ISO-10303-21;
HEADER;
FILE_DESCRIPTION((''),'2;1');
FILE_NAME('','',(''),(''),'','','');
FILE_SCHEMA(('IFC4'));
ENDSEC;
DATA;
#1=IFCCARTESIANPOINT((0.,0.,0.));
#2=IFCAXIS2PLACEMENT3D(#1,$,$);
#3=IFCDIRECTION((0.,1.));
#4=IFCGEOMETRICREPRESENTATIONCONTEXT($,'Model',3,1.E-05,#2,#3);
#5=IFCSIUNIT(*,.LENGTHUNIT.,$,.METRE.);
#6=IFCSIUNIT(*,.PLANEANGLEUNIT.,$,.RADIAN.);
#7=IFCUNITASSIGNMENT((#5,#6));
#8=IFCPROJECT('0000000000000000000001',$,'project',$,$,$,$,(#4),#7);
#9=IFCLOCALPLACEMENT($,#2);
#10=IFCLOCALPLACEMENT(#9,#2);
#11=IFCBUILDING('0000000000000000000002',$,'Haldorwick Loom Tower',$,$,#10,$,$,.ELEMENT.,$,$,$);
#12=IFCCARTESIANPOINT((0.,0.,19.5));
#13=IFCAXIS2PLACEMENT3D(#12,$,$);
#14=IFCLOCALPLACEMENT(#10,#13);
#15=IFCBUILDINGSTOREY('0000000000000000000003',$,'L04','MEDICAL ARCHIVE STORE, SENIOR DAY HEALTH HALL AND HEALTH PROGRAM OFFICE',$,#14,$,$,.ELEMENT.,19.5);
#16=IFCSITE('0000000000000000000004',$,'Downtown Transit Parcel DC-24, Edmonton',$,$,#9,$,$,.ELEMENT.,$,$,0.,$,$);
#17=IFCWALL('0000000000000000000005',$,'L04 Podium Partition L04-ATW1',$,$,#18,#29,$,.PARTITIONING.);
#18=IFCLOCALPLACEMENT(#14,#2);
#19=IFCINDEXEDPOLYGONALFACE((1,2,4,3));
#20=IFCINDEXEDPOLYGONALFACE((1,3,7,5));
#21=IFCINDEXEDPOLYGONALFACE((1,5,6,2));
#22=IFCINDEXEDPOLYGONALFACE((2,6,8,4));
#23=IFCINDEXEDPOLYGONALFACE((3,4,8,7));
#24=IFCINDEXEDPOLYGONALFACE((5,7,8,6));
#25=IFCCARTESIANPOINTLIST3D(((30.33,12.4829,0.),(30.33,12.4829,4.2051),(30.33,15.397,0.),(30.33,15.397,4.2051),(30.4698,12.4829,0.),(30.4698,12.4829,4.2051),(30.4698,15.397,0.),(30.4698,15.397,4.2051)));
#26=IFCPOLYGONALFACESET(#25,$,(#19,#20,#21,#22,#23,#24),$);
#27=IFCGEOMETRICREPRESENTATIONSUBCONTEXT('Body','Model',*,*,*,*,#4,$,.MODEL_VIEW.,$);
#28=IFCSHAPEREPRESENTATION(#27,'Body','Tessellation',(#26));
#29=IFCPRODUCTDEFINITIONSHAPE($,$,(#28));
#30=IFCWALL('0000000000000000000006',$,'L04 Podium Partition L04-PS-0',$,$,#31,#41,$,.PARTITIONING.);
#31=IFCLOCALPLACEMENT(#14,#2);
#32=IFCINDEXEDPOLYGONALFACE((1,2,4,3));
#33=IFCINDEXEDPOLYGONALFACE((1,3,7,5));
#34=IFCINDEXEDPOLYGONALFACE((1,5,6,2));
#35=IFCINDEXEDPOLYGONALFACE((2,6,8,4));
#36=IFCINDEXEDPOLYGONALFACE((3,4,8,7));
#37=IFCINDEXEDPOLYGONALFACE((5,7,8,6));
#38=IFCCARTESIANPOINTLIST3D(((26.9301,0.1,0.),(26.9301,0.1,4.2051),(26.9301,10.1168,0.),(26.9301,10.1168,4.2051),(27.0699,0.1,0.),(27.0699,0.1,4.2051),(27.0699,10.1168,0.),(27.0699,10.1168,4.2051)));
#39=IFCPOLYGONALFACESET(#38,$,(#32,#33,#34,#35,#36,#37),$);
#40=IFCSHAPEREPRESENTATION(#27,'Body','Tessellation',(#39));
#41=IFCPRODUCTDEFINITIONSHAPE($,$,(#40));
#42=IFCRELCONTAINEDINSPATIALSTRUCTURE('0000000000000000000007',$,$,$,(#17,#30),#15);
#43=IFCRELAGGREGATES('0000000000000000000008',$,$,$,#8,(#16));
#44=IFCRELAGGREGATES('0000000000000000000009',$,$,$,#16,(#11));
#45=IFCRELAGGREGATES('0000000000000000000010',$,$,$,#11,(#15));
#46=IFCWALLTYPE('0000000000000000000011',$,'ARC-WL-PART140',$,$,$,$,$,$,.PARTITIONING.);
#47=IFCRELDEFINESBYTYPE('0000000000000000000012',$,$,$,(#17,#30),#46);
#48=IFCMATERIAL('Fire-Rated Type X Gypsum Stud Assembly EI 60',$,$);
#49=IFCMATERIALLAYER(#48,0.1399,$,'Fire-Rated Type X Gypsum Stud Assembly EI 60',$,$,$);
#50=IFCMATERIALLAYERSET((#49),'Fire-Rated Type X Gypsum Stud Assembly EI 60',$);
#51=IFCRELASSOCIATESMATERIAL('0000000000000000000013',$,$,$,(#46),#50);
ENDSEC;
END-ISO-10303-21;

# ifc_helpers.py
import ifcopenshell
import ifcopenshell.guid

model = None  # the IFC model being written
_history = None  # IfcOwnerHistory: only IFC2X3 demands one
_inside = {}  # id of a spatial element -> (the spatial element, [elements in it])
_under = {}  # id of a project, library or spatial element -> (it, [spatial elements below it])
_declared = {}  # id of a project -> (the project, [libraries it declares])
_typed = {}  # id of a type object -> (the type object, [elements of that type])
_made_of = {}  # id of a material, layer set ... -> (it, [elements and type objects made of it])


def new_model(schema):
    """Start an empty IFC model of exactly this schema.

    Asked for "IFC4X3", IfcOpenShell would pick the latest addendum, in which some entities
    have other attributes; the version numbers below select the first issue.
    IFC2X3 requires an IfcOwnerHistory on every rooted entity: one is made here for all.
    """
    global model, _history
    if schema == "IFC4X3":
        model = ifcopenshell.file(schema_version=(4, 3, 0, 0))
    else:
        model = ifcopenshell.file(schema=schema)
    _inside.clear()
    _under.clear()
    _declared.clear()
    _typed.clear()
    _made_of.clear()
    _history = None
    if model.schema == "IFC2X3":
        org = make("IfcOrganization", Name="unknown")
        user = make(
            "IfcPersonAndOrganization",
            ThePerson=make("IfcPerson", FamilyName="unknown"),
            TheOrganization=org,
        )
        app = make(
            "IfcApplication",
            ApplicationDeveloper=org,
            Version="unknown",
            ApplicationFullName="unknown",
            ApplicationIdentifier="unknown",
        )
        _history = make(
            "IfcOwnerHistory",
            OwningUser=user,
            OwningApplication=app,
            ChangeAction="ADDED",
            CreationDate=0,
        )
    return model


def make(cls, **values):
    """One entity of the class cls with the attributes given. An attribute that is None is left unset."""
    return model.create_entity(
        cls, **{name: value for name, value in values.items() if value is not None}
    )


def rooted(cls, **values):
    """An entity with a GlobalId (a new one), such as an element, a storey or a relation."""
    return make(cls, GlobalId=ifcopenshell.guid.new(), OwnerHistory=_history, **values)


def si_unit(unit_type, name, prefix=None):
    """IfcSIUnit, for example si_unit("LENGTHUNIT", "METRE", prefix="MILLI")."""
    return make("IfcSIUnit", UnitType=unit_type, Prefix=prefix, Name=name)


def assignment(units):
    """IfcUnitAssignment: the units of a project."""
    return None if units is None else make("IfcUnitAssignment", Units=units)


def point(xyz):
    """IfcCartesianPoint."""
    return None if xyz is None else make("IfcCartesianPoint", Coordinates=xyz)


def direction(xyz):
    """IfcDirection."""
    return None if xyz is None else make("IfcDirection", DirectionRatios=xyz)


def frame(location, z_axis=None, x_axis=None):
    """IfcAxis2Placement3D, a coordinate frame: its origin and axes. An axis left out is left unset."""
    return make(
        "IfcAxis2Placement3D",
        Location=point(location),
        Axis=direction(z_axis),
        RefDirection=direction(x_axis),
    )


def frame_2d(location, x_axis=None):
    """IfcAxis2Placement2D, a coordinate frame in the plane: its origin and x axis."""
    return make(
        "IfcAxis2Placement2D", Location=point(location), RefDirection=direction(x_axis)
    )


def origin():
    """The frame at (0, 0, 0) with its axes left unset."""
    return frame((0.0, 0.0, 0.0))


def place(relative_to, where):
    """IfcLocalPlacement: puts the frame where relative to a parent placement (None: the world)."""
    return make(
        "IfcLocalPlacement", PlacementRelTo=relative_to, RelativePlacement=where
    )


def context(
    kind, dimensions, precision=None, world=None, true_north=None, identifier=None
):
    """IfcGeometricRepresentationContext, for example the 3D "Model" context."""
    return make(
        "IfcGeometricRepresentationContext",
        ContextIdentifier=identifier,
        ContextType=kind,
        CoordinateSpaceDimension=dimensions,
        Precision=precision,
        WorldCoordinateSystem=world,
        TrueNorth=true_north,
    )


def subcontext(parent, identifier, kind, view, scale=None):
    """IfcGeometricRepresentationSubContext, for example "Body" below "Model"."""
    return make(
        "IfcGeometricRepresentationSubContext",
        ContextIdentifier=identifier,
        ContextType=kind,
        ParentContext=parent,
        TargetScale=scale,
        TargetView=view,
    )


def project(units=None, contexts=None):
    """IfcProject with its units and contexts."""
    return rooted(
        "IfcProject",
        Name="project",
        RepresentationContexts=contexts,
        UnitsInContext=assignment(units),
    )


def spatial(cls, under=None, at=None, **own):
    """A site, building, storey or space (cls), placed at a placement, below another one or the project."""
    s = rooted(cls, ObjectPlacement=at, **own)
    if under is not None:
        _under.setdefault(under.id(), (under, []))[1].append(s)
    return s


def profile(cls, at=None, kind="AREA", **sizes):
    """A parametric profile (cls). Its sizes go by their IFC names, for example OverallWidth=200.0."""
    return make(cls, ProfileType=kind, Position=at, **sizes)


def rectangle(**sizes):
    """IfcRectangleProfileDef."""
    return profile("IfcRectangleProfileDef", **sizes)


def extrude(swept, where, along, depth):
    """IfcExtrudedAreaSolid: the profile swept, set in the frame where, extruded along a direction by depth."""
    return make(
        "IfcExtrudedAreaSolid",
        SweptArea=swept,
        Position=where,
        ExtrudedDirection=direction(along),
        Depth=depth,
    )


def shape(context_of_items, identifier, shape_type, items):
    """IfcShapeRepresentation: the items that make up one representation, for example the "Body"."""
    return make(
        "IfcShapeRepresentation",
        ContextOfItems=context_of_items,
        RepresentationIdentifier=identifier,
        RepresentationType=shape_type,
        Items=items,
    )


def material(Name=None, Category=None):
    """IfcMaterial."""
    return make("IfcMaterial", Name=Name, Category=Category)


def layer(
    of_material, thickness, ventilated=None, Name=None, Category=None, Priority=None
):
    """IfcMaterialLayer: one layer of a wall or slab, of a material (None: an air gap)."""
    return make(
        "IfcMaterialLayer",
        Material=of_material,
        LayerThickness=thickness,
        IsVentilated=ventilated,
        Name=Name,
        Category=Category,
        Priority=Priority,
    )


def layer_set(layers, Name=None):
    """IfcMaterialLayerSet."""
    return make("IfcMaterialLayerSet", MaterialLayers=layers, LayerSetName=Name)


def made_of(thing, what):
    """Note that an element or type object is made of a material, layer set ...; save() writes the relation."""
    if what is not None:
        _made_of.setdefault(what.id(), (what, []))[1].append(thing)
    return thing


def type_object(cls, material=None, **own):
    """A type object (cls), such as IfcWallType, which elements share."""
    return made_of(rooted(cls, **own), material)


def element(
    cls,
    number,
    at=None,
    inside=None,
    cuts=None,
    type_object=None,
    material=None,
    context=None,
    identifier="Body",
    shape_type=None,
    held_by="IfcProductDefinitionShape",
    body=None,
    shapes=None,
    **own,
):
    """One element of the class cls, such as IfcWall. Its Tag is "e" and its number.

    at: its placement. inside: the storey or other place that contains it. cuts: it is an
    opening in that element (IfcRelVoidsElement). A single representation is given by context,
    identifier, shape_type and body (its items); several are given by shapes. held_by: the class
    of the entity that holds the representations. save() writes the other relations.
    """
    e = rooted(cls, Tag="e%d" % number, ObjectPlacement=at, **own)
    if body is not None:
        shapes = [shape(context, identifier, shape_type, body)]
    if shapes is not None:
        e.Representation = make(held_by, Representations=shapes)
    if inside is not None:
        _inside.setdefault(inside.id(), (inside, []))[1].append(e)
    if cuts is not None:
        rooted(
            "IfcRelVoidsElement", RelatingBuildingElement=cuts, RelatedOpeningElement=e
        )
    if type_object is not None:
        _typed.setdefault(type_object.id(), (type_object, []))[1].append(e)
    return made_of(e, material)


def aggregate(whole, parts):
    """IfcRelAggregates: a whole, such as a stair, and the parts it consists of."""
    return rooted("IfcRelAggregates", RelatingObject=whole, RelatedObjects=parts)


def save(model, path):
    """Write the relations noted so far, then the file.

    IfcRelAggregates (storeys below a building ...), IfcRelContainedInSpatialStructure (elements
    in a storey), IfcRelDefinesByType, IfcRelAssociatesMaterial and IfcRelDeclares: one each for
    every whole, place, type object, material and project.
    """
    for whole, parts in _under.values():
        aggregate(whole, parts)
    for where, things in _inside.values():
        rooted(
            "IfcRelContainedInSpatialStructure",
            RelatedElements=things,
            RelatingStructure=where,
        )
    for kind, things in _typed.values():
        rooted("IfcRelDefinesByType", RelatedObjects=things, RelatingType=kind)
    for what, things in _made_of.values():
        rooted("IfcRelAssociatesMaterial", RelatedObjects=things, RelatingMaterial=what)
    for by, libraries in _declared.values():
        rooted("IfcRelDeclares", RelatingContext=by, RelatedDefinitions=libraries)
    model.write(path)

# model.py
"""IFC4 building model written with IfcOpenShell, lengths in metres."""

from ifc_helpers import new_model, si_unit, direction, frame, frame_2d, origin, place, context, subcontext, project, spatial, rectangle, extrude, material, layer, layer_set, type_object, element, save


model = new_model("IFC4")

# Units and contexts
model_context = context("Model", 3, precision=1e-05, world=origin(), true_north=direction((0.0, 1.0)))
body_context = subcontext(model_context, "Body", "Model", "MODEL_VIEW")
ifc_project = project(units=[si_unit("LENGTHUNIT", "METRE"), si_unit("PLANEANGLEUNIT", "RADIAN")], contexts=[model_context])

# Site, building, storey
site_placement = place(None, origin())
site = spatial("IfcSite", under=ifc_project, at=site_placement, Name="Downtown Transit Parcel DC-24, Edmonton", CompositionType="ELEMENT", RefElevation=0.0)
building_placement = place(site_placement, origin())
building = spatial("IfcBuilding", under=site, at=building_placement, Name="Haldorwick Loom Tower", CompositionType="ELEMENT")
storey_placement = place(building_placement, frame((0.0, 0.0, 19.5)))
storey = spatial("IfcBuildingStorey", under=building, at=storey_placement, Name="L04", Description="MEDICAL ARCHIVE STORE, SENIOR DAY HEALTH HALL AND HEALTH PROGRAM OFFICE", CompositionType="ELEMENT", Elevation=19.5)

# Shared definitions
ifc_material_1 = material(Name="Fire-Rated Type X Gypsum Stud Assembly EI 60")

# Walls
ifc_layer_1 = layer(ifc_material_1, 0.1399, Name="Fire-Rated Type X Gypsum Stud Assembly EI 60")
ifc_layer_set_1 = layer_set([ifc_layer_1], Name="Fire-Rated Type X Gypsum Stud Assembly EI 60")
wall_type_1 = type_object("IfcWallType", Name="ARC-WL-PART140", PredefinedType="PARTITIONING", material=ifc_layer_set_1)
wall_1_placement = place(storey_placement, frame((30.3999, 12.4829, 0.0), z_axis=(0.0, 0.0, 1.0), x_axis=(0.0, 1.0, 0.0)))
element("IfcWall", 1, at=wall_1_placement, inside=storey, type_object=wall_type_1, Name="L04 Podium Partition L04-ATW1", PredefinedType="PARTITIONING", context=body_context, shape_type="SweptSolid", body=[
    extrude(rectangle(XDim=2.9141, YDim=0.1399, at=frame_2d((1.457, 0.0))), origin(), (0.0, 0.0, 1.0), 4.2051),
])
wall_2_placement = place(storey_placement, frame((27.0, 0.1001, 0.0), z_axis=(0.0, 0.0, 1.0), x_axis=(0.0, 1.0, 0.0)))
element("IfcWall", 2, at=wall_2_placement, inside=storey, type_object=wall_type_1, Name="L04 Podium Partition L04-PS-0", PredefinedType="PARTITIONING", context=body_context, shape_type="SweptSolid", body=[
    extrude(rectangle(XDim=10.0168, YDim=0.1399, at=frame_2d((5.0083, 0.0))), origin(), (0.0, 0.0, 1.0), 4.2051),
])

save(model, "model.ifc")
